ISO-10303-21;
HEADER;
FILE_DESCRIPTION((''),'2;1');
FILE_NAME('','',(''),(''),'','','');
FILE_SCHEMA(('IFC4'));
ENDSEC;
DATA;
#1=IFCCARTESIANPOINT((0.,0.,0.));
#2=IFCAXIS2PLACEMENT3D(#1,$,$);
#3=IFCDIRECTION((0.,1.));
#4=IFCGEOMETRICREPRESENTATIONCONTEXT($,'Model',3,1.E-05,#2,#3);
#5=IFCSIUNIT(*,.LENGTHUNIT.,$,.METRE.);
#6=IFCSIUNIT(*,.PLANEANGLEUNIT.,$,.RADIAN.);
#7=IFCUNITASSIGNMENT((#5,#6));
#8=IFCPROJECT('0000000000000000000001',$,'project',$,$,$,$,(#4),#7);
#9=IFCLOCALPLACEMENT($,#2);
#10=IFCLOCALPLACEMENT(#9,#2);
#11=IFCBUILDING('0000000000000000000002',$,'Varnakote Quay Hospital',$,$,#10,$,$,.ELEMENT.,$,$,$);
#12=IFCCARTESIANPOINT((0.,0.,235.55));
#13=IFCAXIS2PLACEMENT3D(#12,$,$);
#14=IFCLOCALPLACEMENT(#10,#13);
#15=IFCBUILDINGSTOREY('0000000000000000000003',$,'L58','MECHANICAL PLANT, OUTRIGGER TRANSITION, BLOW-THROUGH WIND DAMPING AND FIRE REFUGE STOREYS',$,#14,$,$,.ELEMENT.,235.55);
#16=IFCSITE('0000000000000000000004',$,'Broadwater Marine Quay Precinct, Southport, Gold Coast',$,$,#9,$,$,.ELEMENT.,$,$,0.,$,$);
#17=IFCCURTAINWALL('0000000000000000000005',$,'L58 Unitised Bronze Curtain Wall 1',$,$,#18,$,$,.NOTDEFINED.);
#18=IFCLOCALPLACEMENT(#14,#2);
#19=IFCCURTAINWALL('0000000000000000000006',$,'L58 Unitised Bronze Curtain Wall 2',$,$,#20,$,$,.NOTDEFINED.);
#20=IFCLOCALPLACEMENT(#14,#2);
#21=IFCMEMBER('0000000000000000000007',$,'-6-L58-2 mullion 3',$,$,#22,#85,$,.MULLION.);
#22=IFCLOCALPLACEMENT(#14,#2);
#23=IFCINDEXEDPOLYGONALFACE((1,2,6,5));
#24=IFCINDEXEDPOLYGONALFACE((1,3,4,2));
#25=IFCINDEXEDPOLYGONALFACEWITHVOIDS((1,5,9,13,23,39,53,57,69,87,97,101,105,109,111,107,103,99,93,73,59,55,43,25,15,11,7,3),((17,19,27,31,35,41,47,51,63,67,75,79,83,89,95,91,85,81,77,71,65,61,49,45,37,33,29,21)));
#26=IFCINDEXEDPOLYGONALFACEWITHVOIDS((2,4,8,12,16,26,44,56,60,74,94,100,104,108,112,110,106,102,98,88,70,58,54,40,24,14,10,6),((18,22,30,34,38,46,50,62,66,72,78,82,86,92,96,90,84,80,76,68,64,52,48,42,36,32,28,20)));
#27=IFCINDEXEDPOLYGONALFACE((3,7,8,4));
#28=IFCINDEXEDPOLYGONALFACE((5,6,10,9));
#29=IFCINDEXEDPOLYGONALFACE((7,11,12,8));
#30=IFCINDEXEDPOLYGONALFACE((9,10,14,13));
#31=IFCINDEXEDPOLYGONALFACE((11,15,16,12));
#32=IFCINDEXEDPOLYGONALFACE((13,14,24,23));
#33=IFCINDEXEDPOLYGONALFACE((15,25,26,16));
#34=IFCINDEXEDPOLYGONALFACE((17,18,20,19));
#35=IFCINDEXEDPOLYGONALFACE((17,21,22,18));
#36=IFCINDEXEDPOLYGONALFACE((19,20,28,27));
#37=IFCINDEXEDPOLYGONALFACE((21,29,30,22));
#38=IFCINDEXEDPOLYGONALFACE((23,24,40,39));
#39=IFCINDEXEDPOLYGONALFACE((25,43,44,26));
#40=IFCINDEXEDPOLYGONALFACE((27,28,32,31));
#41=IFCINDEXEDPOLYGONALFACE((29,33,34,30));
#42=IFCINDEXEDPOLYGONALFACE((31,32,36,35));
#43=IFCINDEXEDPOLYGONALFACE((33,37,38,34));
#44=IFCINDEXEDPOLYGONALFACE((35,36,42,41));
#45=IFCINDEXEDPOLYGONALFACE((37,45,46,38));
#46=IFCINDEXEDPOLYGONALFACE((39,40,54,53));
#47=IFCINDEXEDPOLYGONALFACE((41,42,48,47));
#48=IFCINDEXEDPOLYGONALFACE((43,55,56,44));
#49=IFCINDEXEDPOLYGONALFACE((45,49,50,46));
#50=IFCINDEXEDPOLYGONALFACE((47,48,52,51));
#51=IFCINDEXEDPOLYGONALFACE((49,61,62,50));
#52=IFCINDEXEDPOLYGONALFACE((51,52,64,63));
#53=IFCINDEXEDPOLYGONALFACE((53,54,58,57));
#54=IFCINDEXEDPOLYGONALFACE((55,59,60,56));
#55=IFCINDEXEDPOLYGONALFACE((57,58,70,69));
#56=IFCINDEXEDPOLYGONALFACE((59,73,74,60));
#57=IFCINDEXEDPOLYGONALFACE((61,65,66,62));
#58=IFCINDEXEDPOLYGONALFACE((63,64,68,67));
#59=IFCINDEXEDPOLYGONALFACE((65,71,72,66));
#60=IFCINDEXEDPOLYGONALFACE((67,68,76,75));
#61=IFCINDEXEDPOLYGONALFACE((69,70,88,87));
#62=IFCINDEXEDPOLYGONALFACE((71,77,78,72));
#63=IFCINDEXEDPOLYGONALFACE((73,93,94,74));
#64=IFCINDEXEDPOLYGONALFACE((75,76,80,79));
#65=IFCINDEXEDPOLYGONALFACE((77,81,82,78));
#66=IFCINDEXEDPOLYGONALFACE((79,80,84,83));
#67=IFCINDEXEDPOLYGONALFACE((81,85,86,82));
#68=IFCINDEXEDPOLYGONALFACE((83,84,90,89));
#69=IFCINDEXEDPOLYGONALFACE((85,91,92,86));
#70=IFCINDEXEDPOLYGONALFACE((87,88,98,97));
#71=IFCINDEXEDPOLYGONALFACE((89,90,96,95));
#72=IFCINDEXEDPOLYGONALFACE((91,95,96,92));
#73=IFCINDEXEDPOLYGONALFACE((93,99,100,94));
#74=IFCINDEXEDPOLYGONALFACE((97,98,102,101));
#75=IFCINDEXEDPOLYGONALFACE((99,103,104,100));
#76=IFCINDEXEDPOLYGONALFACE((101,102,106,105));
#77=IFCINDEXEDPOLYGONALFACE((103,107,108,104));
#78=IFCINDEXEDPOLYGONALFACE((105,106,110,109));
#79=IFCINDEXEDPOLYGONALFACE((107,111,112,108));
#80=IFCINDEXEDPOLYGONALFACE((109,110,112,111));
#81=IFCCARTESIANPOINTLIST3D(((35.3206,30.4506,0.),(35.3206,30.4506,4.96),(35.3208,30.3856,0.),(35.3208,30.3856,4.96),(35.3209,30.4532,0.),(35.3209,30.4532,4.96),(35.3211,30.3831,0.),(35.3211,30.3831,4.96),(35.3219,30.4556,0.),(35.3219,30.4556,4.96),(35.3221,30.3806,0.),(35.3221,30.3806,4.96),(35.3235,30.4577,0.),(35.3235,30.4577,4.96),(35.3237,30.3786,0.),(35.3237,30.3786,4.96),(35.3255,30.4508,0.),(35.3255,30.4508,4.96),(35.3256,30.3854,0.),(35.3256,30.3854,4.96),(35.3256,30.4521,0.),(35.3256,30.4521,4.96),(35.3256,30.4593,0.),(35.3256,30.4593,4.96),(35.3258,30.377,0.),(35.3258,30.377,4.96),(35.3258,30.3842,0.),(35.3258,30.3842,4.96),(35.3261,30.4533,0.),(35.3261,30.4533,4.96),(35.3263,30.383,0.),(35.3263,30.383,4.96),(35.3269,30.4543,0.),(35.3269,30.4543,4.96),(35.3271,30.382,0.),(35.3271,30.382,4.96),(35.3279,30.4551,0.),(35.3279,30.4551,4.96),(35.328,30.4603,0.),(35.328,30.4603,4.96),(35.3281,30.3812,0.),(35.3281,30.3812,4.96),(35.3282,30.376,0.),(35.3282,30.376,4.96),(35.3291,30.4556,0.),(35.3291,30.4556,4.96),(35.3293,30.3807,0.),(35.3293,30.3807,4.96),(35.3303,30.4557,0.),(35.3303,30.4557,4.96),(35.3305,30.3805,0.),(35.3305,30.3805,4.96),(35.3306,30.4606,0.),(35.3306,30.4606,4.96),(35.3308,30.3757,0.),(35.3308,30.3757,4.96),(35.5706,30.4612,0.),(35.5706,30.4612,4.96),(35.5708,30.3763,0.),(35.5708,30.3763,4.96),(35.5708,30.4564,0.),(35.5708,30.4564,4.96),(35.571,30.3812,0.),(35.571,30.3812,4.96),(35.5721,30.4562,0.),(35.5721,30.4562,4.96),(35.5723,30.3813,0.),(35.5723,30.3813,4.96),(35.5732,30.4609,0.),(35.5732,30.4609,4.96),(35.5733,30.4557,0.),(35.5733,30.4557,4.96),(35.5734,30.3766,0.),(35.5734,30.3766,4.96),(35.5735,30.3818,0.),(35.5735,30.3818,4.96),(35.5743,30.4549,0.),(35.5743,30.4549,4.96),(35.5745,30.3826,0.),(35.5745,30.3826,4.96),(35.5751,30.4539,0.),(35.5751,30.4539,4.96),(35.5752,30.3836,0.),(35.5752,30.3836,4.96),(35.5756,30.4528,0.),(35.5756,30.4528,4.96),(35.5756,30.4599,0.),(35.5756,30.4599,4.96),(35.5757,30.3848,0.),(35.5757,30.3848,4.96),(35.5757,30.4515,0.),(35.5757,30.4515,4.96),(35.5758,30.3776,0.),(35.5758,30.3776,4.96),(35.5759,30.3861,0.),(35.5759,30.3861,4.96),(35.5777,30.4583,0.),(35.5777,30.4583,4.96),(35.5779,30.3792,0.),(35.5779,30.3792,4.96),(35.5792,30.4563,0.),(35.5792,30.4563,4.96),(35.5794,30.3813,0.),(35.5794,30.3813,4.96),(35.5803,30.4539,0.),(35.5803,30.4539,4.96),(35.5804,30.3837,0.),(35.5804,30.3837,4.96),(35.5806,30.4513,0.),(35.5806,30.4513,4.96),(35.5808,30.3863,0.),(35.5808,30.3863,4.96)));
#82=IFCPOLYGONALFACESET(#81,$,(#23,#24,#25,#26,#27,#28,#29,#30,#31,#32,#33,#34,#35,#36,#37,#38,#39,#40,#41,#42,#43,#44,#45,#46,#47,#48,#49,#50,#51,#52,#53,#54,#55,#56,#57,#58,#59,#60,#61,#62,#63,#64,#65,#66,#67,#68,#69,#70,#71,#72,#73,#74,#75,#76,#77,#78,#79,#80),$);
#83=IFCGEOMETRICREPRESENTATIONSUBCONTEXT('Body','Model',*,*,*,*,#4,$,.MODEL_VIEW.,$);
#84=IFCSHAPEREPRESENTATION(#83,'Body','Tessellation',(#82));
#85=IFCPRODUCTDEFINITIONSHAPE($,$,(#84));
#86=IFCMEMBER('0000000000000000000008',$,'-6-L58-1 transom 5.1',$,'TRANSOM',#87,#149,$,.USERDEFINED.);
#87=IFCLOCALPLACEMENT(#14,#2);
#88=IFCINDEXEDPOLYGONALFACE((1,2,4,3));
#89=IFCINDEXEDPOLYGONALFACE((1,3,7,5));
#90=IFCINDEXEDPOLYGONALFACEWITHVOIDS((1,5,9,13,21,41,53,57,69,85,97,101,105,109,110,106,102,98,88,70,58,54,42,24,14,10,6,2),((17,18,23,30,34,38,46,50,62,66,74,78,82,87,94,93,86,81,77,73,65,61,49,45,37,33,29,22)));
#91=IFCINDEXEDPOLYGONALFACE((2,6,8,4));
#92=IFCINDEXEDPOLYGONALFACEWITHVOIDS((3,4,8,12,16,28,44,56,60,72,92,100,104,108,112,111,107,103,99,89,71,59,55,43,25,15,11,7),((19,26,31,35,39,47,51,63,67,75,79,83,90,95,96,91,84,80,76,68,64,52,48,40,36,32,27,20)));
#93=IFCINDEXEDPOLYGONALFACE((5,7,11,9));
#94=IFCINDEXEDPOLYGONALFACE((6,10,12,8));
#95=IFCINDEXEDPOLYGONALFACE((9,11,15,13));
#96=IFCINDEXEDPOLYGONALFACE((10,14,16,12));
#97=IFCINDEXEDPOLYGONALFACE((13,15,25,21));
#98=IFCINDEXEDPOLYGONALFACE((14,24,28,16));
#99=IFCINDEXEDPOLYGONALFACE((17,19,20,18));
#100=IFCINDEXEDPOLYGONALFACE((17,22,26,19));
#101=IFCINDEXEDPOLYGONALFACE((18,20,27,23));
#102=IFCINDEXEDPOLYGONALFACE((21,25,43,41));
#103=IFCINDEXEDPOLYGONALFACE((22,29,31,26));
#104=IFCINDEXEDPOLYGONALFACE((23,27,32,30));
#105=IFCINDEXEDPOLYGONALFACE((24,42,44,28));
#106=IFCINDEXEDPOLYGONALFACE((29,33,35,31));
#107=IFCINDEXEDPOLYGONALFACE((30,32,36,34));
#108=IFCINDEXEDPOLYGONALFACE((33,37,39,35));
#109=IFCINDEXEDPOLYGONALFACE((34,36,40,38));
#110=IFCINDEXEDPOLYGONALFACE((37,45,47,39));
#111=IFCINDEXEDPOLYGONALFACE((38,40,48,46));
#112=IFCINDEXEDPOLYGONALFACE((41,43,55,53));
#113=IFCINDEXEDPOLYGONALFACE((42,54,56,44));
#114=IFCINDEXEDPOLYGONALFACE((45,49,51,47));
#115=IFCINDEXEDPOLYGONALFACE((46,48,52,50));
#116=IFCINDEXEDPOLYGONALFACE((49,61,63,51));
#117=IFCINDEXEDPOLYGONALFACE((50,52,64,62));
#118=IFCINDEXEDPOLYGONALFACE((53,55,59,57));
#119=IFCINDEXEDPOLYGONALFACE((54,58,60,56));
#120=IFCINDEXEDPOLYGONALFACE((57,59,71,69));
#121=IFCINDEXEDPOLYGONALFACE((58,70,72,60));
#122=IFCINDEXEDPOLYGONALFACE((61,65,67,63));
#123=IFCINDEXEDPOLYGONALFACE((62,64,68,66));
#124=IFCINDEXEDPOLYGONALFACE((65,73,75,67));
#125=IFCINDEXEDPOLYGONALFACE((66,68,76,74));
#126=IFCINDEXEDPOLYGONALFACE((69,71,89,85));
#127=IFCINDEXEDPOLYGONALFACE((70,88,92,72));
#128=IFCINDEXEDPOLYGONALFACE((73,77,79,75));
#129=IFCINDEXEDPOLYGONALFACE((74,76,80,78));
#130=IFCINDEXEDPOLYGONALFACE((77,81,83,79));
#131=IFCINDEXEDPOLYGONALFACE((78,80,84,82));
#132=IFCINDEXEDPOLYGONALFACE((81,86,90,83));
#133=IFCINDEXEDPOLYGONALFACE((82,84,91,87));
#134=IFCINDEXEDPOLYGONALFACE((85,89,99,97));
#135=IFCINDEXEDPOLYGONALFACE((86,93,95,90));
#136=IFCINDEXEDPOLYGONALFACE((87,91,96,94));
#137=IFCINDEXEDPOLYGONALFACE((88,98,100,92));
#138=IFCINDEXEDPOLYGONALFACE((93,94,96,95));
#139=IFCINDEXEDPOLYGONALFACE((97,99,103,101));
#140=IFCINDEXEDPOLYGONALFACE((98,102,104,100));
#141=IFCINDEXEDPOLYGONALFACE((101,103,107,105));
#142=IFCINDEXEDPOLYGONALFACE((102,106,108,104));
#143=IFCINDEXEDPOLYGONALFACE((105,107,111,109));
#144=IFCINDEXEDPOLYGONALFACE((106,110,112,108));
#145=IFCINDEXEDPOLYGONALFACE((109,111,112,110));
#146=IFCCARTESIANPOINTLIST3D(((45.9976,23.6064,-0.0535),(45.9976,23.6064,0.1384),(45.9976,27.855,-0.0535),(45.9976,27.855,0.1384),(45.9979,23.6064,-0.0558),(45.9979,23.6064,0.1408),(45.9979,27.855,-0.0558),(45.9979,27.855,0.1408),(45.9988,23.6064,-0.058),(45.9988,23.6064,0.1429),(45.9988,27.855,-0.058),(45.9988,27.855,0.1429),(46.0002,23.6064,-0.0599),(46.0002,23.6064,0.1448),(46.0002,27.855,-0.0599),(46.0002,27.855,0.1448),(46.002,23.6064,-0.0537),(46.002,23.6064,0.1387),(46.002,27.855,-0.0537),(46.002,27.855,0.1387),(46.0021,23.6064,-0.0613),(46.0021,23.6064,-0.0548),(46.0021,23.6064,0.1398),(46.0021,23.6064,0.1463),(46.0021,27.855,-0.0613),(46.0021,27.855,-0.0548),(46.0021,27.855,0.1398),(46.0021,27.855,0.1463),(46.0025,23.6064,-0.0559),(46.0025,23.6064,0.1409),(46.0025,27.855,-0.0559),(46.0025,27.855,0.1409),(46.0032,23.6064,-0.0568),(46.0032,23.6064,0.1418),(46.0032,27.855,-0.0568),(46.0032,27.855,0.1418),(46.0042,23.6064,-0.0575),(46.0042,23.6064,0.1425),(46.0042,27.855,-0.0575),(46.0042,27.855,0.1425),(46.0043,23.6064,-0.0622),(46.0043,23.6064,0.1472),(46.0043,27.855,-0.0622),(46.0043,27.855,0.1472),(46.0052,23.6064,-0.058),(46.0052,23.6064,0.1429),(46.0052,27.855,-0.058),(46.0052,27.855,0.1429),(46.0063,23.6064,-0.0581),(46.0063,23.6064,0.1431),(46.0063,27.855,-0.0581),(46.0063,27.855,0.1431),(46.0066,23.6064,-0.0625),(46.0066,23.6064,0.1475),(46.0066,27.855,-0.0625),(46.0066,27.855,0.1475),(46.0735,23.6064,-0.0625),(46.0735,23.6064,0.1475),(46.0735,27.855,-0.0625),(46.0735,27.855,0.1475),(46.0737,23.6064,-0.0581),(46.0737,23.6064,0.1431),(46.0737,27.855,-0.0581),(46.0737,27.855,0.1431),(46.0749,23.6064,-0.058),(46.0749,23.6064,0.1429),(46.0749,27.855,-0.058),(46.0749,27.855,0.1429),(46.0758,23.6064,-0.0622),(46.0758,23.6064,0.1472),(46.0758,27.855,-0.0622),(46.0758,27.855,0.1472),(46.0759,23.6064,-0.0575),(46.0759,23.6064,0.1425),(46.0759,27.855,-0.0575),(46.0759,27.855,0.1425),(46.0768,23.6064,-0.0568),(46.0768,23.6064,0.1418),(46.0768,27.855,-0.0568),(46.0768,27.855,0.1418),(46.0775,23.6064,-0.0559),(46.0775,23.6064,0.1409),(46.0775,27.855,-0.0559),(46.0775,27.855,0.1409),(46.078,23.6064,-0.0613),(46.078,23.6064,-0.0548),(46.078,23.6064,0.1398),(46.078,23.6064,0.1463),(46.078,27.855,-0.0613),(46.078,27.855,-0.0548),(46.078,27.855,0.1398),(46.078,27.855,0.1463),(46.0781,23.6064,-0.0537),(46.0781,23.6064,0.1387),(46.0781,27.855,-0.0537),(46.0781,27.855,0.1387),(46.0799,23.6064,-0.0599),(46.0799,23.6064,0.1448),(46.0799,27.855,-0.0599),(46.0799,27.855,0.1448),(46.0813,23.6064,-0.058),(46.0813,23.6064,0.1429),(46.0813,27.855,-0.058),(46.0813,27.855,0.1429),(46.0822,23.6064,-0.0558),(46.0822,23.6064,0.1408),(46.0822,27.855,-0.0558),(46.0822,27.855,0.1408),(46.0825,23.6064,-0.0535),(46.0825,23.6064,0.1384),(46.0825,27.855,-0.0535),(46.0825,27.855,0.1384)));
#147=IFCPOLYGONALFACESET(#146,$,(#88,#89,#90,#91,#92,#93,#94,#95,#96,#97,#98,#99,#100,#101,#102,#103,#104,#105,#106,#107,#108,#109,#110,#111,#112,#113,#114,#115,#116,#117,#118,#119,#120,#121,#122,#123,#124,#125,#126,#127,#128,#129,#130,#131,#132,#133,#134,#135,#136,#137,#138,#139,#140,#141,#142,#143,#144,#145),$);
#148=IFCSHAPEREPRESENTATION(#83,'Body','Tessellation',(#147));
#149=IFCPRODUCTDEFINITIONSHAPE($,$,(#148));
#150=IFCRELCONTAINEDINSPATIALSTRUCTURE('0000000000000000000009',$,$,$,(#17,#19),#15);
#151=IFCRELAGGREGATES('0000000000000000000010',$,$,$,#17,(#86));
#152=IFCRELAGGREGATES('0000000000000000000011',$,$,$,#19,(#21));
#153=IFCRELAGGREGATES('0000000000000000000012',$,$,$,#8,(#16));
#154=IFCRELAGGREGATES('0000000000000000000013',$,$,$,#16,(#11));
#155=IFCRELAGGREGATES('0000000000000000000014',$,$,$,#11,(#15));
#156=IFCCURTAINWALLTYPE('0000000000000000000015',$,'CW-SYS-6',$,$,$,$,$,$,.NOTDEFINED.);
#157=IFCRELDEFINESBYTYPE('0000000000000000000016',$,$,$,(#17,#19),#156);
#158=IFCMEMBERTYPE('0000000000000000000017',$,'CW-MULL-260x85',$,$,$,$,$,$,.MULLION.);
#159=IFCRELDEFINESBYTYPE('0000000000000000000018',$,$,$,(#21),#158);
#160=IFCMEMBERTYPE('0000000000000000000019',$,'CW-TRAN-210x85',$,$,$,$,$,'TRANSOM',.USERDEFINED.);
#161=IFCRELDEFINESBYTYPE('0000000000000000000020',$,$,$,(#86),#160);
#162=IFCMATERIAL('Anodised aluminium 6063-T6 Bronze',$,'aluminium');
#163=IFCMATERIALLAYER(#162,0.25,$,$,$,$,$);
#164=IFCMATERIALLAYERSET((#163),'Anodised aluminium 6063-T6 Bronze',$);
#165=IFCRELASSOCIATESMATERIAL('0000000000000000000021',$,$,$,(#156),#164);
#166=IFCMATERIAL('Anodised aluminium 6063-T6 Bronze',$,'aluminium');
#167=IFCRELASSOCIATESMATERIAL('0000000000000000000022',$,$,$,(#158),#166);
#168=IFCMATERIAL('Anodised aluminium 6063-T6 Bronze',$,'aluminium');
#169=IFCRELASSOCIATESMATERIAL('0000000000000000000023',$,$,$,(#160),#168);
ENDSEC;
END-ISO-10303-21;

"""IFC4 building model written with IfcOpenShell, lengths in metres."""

from ifc_helpers import new_model, si_unit, direction, frame, origin, origin_2d, place, context, subcontext, project, spatial, hollow_rectangle, extrude, material, layer, layer_set, material_profile, profile_set, type_object, element, aggregate, save


model = new_model("IFC4")

# Units and contexts
model_context = context("Model", 3, precision=1e-05, world=origin(), true_north=direction((0.0, 1.0)))
body_context = subcontext(model_context, "Body", "Model", "MODEL_VIEW")
ifc_project = project(units=[si_unit("LENGTHUNIT", "METRE"), si_unit("PLANEANGLEUNIT", "RADIAN")], contexts=[model_context])

# Site, building, storey
site_placement = place(None, origin())
site = spatial("IfcSite", under=ifc_project, at=site_placement, Name="Broadwater Marine Quay Precinct, Southport, Gold Coast", CompositionType="ELEMENT", RefElevation=0.0)
building_placement = place(site_placement, origin())
building = spatial("IfcBuilding", under=site, at=building_placement, Name="Varnakote Quay Hospital", CompositionType="ELEMENT")
storey_placement = place(building_placement, frame((0.0, 0.0, 235.55)))
storey = spatial("IfcBuildingStorey", under=building, at=storey_placement, Name="L58", Description="MECHANICAL PLANT, OUTRIGGER TRANSITION, BLOW-THROUGH WIND DAMPING AND FIRE REFUGE STOREYS", CompositionType="ELEMENT", Elevation=235.55)

# Curtain walls, member
ifc_material_1 = material(Name="Anodised aluminium 6063-T6 Bronze", Category="aluminium")
ifc_layer_1 = layer(ifc_material_1, 0.25)
ifc_layer_set_1 = layer_set([ifc_layer_1], Name="Anodised aluminium 6063-T6 Bronze")
curtain_wall_type = type_object("IfcCurtainWallType", Name="CW-SYS-6", PredefinedType="NOTDEFINED", material=ifc_layer_set_1)
curtain_wall_1_placement = place(storey_placement, origin())
curtain_wall_1 = element("IfcCurtainWall", 1, at=curtain_wall_1_placement, inside=storey, type_object=curtain_wall_type, Name="L58 Unitised Bronze Curtain Wall 1", PredefinedType="NOTDEFINED")
ifc_material_2 = material(Name="Anodised aluminium 6063-T6 Bronze", Category="aluminium")
ifc_material_profile_1 = material_profile(ifc_material_2, hollow_rectangle(XDim=0.085, YDim=0.26, WallThickness=0.0049, InnerFilletRadius=0.0049, OuterFilletRadius=0.01, at=origin_2d()), Name="CW-MULL-260x85")
ifc_profile_set_1 = profile_set([ifc_material_profile_1], Name="Anodised aluminium 6063-T6 Bronze")
member_type_1 = type_object("IfcMemberType", Name="CW-MULL-260x85", PredefinedType="MULLION", material=ifc_profile_set_1)
curtain_wall_2_placement = place(storey_placement, origin())
curtain_wall_2 = element("IfcCurtainWall", 2, at=curtain_wall_2_placement, inside=storey, type_object=curtain_wall_type, Name="L58 Unitised Bronze Curtain Wall 2", PredefinedType="NOTDEFINED")
member_1_placement = place(storey_placement, frame((35.4507, 30.4185, 0.0), z_axis=(0.0, 0.0, 1.0), x_axis=(0.002604, -0.999997, 0.0)))
member_1 = element("IfcMember", 3, at=member_1_placement, type_object=member_type_1, Name="-6-L58-2 mullion 3", PredefinedType="MULLION", context=body_context, shape_type="SweptSolid", body=[
    extrude(hollow_rectangle(XDim=0.085, YDim=0.26, WallThickness=0.0049, InnerFilletRadius=0.0049, OuterFilletRadius=0.01, at=origin_2d()), origin(), (0.0, 0.0, 1.0), 4.96),
])

# Member
ifc_material_3 = material(Name="Anodised aluminium 6063-T6 Bronze", Category="aluminium")
ifc_material_profile_2 = material_profile(ifc_material_3, hollow_rectangle(XDim=0.085, YDim=0.21, WallThickness=0.0044, InnerFilletRadius=0.0044, OuterFilletRadius=0.009, at=origin_2d()), Name="CW-TRAN-210x85")
ifc_profile_set_2 = profile_set([ifc_material_profile_2], Name="Anodised aluminium 6063-T6 Bronze")
member_type_2 = type_object("IfcMemberType", Name="CW-TRAN-210x85", ElementType="TRANSOM", PredefinedType="USERDEFINED", material=ifc_profile_set_2)
member_2_placement = place(storey_placement, frame((46.04, 23.6064, 0.0425), z_axis=(0.0, 1.0, 0.0), x_axis=(-1.0, 0.0, 0.0)))
member_2 = element("IfcMember", 4, at=member_2_placement, type_object=member_type_2, Name="-6-L58-1 transom 5.1", ObjectType="TRANSOM", PredefinedType="USERDEFINED", context=body_context, shape_type="SweptSolid", body=[
    extrude(hollow_rectangle(XDim=0.085, YDim=0.21, WallThickness=0.0044, InnerFilletRadius=0.0044, OuterFilletRadius=0.009, at=origin_2d()), origin(), (0.0, 0.0, 1.0), 4.2485),
])

aggregate(curtain_wall_1, [member_2])
aggregate(curtain_wall_2, [member_1])

save(model, "model.ifc")
